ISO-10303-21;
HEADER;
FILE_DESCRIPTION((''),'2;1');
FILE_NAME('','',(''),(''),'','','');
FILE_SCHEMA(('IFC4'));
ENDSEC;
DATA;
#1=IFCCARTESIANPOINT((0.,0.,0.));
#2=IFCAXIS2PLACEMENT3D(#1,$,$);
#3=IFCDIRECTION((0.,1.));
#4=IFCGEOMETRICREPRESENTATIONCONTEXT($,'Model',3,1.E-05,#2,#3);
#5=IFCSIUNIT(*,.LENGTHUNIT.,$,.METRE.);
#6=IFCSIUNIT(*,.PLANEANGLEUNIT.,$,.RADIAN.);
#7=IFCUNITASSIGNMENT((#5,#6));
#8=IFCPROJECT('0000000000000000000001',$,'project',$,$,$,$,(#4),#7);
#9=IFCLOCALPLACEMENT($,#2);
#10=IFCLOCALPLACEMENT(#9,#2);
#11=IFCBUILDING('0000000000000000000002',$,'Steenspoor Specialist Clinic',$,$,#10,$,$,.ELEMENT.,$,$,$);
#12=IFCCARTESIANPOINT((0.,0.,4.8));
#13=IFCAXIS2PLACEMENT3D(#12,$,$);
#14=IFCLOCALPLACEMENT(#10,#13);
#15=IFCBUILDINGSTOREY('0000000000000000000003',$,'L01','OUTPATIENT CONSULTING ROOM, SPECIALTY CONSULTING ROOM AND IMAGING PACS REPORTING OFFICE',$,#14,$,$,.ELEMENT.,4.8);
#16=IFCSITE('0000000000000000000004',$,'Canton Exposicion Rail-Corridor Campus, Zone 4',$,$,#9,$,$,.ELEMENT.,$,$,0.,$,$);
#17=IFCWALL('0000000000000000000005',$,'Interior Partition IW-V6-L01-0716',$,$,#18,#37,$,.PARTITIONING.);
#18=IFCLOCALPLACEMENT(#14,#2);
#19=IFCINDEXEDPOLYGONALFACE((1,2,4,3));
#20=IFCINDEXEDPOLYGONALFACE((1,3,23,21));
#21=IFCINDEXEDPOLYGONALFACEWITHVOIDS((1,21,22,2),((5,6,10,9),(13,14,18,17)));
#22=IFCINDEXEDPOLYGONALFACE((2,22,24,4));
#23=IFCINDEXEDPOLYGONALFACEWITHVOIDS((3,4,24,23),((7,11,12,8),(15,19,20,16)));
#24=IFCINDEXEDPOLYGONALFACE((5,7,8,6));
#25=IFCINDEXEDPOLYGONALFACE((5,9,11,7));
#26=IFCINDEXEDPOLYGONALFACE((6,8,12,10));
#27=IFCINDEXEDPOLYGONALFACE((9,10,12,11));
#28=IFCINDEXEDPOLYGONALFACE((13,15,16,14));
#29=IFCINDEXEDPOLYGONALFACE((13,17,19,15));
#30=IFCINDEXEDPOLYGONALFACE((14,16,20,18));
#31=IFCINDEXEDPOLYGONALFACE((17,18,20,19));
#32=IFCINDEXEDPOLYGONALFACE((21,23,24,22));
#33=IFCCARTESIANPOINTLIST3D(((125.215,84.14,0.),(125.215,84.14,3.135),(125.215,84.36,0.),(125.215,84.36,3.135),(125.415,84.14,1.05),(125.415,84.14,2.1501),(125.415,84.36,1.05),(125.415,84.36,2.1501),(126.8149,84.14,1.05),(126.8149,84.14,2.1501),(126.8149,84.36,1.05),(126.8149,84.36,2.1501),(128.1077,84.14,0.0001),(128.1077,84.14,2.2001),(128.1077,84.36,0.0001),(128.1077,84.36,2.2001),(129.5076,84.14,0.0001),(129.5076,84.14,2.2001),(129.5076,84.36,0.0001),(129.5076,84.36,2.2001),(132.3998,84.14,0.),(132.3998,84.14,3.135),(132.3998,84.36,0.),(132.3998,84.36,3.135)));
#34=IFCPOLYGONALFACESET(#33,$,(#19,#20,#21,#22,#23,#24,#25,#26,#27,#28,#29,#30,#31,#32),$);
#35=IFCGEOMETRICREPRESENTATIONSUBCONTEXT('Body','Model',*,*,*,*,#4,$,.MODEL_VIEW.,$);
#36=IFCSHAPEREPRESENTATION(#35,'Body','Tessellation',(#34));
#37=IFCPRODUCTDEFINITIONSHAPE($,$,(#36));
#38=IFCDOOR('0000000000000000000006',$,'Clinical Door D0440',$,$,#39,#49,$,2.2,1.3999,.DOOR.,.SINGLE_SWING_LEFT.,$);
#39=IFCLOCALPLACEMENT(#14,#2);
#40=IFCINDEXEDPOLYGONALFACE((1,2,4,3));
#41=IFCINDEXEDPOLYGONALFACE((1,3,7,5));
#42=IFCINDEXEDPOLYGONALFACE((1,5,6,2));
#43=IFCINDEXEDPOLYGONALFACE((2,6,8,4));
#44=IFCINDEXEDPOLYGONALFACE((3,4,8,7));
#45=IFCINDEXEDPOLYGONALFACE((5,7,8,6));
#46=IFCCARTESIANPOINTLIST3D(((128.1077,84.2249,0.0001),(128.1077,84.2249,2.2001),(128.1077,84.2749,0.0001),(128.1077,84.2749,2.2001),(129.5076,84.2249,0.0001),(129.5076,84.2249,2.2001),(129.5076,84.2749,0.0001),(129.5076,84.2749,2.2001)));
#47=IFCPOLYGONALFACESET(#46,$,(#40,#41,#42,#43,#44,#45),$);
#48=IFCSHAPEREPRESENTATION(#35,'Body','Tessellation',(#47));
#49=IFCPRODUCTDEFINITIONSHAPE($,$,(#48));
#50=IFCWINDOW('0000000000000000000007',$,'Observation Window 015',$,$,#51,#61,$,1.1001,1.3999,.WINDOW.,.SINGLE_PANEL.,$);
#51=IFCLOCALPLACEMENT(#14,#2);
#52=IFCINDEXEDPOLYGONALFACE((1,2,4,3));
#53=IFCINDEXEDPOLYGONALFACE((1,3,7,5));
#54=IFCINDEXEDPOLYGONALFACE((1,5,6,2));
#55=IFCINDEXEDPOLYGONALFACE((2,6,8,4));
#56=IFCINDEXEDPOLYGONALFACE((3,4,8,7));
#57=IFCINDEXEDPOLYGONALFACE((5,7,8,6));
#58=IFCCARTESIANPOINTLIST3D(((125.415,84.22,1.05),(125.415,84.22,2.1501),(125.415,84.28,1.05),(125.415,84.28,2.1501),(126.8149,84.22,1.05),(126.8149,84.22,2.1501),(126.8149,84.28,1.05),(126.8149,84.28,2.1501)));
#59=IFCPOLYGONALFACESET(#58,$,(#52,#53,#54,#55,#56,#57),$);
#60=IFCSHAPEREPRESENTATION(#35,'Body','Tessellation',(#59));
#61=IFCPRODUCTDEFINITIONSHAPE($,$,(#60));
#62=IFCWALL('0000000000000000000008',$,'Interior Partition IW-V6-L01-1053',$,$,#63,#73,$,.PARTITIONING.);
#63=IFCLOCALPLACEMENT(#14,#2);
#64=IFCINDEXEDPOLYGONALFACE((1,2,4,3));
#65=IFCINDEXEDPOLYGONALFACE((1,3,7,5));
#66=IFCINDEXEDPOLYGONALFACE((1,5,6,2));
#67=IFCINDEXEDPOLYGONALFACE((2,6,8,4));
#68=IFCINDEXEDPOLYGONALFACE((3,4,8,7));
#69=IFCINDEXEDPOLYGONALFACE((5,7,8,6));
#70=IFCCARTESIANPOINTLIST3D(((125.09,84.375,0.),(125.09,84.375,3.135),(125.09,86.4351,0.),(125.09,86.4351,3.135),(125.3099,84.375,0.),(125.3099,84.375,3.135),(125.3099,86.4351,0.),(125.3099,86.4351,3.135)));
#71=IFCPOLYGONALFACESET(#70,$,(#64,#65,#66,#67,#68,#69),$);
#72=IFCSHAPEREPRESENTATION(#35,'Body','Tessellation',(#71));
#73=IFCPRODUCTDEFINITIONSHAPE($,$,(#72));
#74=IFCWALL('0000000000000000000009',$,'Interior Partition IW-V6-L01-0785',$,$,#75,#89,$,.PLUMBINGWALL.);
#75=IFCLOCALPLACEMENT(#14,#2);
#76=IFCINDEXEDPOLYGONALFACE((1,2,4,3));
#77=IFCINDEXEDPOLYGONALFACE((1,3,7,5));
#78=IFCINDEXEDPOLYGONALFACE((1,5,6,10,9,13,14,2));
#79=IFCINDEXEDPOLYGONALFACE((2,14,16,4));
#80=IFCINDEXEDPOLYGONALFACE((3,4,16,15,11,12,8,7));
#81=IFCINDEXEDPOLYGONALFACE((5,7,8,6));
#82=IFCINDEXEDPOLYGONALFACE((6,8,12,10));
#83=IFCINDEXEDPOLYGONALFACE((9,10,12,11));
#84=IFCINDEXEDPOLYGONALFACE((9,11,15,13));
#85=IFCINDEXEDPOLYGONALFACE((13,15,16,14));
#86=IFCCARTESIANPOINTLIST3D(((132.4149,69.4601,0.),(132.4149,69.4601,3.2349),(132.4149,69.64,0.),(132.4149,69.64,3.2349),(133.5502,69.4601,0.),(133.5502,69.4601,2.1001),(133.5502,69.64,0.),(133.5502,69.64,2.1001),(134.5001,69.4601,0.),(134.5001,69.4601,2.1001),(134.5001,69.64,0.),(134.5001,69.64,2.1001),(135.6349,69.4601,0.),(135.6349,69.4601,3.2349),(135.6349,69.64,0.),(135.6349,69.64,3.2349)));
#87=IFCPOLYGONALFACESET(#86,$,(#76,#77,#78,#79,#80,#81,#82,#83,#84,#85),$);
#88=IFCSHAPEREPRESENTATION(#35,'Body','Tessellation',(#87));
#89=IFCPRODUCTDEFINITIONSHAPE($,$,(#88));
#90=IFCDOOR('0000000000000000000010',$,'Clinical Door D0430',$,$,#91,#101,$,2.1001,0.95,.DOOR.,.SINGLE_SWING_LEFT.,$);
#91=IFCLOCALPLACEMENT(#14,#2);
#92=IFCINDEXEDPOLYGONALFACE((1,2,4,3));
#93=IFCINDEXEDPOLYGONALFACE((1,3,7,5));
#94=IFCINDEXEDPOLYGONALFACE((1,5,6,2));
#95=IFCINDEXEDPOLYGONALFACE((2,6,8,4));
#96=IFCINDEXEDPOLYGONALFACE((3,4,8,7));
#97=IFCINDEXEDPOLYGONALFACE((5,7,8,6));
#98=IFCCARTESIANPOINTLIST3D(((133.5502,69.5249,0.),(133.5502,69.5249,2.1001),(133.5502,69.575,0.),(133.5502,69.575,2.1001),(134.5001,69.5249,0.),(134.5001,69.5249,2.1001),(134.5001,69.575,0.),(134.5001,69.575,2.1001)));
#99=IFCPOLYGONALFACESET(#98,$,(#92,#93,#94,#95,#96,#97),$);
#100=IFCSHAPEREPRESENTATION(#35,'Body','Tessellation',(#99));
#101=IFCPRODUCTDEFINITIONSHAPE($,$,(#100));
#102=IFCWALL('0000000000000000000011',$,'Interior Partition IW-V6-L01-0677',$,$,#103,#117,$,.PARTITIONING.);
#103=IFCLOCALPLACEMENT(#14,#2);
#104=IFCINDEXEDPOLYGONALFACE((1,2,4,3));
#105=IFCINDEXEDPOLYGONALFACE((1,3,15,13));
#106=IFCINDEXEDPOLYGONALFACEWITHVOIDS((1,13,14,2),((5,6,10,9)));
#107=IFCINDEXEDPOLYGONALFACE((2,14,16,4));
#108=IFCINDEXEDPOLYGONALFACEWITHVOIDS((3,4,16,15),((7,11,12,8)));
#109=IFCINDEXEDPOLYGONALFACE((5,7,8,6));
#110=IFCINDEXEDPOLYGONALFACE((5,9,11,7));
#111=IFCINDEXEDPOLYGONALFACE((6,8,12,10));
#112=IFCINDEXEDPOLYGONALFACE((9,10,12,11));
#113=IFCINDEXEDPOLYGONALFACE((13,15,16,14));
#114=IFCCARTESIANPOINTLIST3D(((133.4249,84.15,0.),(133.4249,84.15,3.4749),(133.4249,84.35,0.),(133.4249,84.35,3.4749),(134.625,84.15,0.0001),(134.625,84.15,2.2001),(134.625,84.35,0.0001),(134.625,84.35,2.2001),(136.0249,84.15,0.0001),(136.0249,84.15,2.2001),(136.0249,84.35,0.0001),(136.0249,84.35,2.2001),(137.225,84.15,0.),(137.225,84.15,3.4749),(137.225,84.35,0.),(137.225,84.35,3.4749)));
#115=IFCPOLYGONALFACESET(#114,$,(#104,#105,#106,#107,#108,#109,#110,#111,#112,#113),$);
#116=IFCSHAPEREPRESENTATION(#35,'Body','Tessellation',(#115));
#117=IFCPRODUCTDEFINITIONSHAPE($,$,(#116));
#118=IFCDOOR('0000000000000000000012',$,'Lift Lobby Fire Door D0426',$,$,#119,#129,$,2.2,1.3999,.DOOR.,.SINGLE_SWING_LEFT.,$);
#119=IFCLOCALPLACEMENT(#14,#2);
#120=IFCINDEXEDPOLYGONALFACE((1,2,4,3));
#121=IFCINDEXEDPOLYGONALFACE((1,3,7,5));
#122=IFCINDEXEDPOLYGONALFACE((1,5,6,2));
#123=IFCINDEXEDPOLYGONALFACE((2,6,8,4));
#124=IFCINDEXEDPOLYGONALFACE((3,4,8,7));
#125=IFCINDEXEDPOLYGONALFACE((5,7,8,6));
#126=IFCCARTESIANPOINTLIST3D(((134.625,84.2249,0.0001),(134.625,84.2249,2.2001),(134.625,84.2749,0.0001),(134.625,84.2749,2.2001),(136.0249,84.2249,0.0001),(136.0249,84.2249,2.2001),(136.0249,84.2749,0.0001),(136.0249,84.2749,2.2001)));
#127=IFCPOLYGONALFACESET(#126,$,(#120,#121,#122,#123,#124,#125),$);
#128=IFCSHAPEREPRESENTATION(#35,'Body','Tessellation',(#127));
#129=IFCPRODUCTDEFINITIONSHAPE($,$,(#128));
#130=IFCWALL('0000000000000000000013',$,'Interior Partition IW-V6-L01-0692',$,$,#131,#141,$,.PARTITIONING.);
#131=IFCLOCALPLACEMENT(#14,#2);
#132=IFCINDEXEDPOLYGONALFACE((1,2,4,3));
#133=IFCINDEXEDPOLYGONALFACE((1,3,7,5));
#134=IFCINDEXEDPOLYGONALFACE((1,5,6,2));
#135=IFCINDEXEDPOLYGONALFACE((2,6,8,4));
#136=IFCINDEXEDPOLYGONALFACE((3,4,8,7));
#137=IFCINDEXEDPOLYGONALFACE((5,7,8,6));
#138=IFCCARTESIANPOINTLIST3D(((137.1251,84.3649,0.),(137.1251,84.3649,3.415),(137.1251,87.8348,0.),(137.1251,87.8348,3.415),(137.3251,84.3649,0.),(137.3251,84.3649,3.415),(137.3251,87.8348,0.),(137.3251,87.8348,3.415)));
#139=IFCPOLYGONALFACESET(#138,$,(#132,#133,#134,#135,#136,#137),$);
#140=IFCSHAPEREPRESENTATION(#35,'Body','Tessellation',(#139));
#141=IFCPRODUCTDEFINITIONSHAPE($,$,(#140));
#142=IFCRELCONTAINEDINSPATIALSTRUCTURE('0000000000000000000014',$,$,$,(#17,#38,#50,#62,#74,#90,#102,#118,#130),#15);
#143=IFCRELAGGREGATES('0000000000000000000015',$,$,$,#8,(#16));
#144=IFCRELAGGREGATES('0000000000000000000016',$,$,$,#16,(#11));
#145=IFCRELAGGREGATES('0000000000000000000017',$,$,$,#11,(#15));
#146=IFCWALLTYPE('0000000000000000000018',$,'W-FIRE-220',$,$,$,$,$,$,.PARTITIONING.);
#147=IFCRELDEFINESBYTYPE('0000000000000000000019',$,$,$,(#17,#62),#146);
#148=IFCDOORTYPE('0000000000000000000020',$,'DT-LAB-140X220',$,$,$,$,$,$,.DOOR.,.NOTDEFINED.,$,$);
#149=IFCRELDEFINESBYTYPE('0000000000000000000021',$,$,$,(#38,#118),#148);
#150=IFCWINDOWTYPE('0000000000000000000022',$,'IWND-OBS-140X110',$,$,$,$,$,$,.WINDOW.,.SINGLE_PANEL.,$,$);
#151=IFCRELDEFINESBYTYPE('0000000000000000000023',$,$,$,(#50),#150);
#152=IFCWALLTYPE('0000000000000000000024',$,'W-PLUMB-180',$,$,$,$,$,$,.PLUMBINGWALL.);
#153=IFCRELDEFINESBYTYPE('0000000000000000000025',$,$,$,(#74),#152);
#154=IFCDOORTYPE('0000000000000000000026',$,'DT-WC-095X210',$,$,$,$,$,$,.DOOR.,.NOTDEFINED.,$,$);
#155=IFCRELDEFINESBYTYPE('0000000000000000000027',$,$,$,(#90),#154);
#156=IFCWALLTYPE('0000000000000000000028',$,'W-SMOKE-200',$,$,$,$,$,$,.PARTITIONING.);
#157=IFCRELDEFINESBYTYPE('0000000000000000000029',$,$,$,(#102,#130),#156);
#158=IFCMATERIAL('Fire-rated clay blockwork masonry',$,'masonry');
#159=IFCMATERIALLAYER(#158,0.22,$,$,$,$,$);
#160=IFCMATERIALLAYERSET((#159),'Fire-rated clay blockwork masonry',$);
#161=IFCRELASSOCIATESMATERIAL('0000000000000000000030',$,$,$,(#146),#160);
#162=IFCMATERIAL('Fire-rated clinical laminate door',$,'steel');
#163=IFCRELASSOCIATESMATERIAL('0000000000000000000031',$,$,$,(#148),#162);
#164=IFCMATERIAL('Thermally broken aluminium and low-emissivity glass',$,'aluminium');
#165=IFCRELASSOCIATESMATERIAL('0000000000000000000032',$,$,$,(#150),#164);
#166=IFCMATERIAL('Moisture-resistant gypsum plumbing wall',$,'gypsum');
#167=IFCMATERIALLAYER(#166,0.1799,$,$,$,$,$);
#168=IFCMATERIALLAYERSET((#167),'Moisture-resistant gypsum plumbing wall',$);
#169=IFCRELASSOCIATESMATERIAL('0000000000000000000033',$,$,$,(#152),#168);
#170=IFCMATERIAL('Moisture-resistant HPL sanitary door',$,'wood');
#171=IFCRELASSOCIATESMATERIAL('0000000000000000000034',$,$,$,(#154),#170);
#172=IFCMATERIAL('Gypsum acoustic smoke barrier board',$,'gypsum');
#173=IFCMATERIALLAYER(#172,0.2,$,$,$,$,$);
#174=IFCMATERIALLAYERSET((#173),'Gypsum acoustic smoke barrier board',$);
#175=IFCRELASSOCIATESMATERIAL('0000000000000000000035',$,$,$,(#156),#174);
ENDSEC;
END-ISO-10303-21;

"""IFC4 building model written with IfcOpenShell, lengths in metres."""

from ifc_helpers import new_model, si_unit, direction, frame, frame_2d, origin, place, context, subcontext, project, spatial, rectangle, extrude, material, layer, layer_set, type_object, element, fill, save


model = new_model("IFC4")

# Units and contexts
model_context = context("Model", 3, precision=1e-05, world=origin(), true_north=direction((0.0, 1.0)))
body_context = subcontext(model_context, "Body", "Model", "MODEL_VIEW")
ifc_project = project(units=[si_unit("LENGTHUNIT", "METRE"), si_unit("PLANEANGLEUNIT", "RADIAN")], contexts=[model_context])

# Site, building, storey
site_placement = place(None, origin())
site = spatial("IfcSite", under=ifc_project, at=site_placement, Name="Canton Exposicion Rail-Corridor Campus, Zone 4", CompositionType="ELEMENT", RefElevation=0.0)
building_placement = place(site_placement, origin())
building = spatial("IfcBuilding", under=site, at=building_placement, Name="Steenspoor Specialist Clinic", CompositionType="ELEMENT")
storey_placement = place(building_placement, frame((0.0, 0.0, 4.8)))
storey = spatial("IfcBuildingStorey", under=building, at=storey_placement, Name="L01", Description="OUTPATIENT CONSULTING ROOM, SPECIALTY CONSULTING ROOM AND IMAGING PACS REPORTING OFFICE", CompositionType="ELEMENT", Elevation=4.8)

# Shared definitions
ifc_material_1 = material(Name="Fire-rated clay blockwork masonry", Category="masonry")
ifc_layer_1 = layer(ifc_material_1, 0.22)
ifc_layer_set_1 = layer_set([ifc_layer_1], Name="Fire-rated clay blockwork masonry")
wall_type_1 = type_object("IfcWallType", Name="W-FIRE-220", PredefinedType="PARTITIONING", material=ifc_layer_set_1)

# Shared definitions
ifc_material_2 = material(Name="Fire-rated clinical laminate door", Category="steel")
door_type_1 = type_object("IfcDoorType", Name="DT-LAB-140X220", OperationType="NOTDEFINED", PredefinedType="DOOR", material=ifc_material_2)

# Wall, openings, door, window
wall_1_placement = place(storey_placement, frame((125.2151, 84.25, 0.0), z_axis=(0.0, 0.0, 1.0), x_axis=(1.0, 0.0, 0.0)))
wall_1 = element("IfcWall", 1, at=wall_1_placement, inside=storey, type_object=wall_type_1, Name="Interior Partition IW-V6-L01-0716", PredefinedType="PARTITIONING", context=body_context, shape_type="SweptSolid", body=[
    extrude(rectangle(XDim=7.1848, YDim=0.22, at=frame_2d((3.5923, 0.0))), origin(), (0.0, 0.0, 1.0), 3.135),
])
opening_1_placement = place(wall_1_placement, frame((2.8926, 0.0, 0.0)))
opening_1 = element("IfcOpeningElement", 2, at=opening_1_placement, cuts=wall_1, PredefinedType="OPENING", context=body_context, shape_type="SweptSolid", body=[
    extrude(rectangle(XDim=1.3999, YDim=2.2, at=frame_2d((0.7, 1.1001))), frame((0.0, 0.1201, 0.0), z_axis=(0.0, -1.0, 0.0), x_axis=(1.0, 0.0, 0.0)), (0.0, 0.0, 1.0), 0.24),
])
opening_2_placement = place(wall_1_placement, frame((0.2, 0.0, 1.05)))
opening_2 = element("IfcOpeningElement", 3, at=opening_2_placement, cuts=wall_1, PredefinedType="OPENING", context=body_context, shape_type="SweptSolid", body=[
    extrude(rectangle(XDim=1.3999, YDim=1.1001, at=frame_2d((0.7, 0.55))), frame((0.0, 0.1201, 0.0), z_axis=(0.0, -1.0, 0.0), x_axis=(1.0, 0.0, 0.0)), (0.0, 0.0, 1.0), 0.24),
])
door_1_placement = place(opening_1_placement, origin())
door_1 = element("IfcDoor", 4, at=door_1_placement, inside=storey, type_object=door_type_1, Name="Clinical Door D0440", OperationType="SINGLE_SWING_LEFT", OverallHeight=2.2, OverallWidth=1.3999, PredefinedType="DOOR", context=body_context, shape_type="SweptSolid", body=[
    extrude(rectangle(XDim=1.3999, YDim=2.2, at=frame_2d((0.7, 1.1001))), frame((0.0, 0.0249, 0.0), z_axis=(0.0, -1.0, 0.0), x_axis=(1.0, 0.0, 0.0)), (0.0, 0.0, 1.0), 0.05),
])
fill(opening_1, door_1)
ifc_material_3 = material(Name="Thermally broken aluminium and low-emissivity glass", Category="aluminium")
window_type = type_object("IfcWindowType", Name="IWND-OBS-140X110", PartitioningType="SINGLE_PANEL", PredefinedType="WINDOW", material=ifc_material_3)
window_placement = place(opening_2_placement, origin())
window = element("IfcWindow", 5, at=window_placement, inside=storey, type_object=window_type, Name="Observation Window 015", OverallHeight=1.1001, OverallWidth=1.3999, PartitioningType="SINGLE_PANEL", PredefinedType="WINDOW", context=body_context, shape_type="SweptSolid", body=[
    extrude(rectangle(XDim=1.3999, YDim=1.1001, at=frame_2d((0.7, 0.55))), frame((0.0, 0.03, 0.0), z_axis=(0.0, -1.0, 0.0), x_axis=(1.0, 0.0, 0.0)), (0.0, 0.0, 1.0), 0.0601),
])
fill(opening_2, window)

# Wall
wall_2_placement = place(storey_placement, frame((125.2, 84.375, 0.0), z_axis=(0.0, 0.0, 1.0), x_axis=(0.0, 1.0, 0.0)))
element("IfcWall", 6, at=wall_2_placement, inside=storey, type_object=wall_type_1, Name="Interior Partition IW-V6-L01-1053", PredefinedType="PARTITIONING", context=body_context, shape_type="SweptSolid", body=[
    extrude(rectangle(XDim=2.0601, YDim=0.22, at=frame_2d((1.03, 0.0))), origin(), (0.0, 0.0, 1.0), 3.135),
])

# Walls, openings, doors
ifc_material_4 = material(Name="Moisture-resistant gypsum plumbing wall", Category="gypsum")
ifc_layer_2 = layer(ifc_material_4, 0.1799)
ifc_layer_set_2 = layer_set([ifc_layer_2], Name="Moisture-resistant gypsum plumbing wall")
wall_type_2 = type_object("IfcWallType", Name="W-PLUMB-180", PredefinedType="PLUMBINGWALL", material=ifc_layer_set_2)
wall_3_placement = place(storey_placement, frame((132.415, 69.55, 0.0), z_axis=(0.0, 0.0, 1.0), x_axis=(1.0, 0.0, 0.0)))
wall_3 = element("IfcWall", 7, at=wall_3_placement, inside=storey, type_object=wall_type_2, Name="Interior Partition IW-V6-L01-0785", PredefinedType="PLUMBINGWALL", context=body_context, shape_type="SweptSolid", body=[
    extrude(rectangle(XDim=3.22, YDim=0.1799, at=frame_2d((1.6099, 0.0))), origin(), (0.0, 0.0, 1.0), 3.2349),
])
opening_3_placement = place(wall_3_placement, frame((1.135, 0.0, 0.0)))
opening_3 = element("IfcOpeningElement", 8, at=opening_3_placement, cuts=wall_3, PredefinedType="OPENING", context=body_context, shape_type="SweptSolid", body=[
    extrude(rectangle(XDim=0.95, YDim=2.1001, at=frame_2d((0.4751, 1.05))), frame((0.0, 0.1001, 0.0), z_axis=(0.0, -1.0, 0.0), x_axis=(1.0, 0.0, 0.0)), (0.0, 0.0, 1.0), 0.2),
])
ifc_material_5 = material(Name="Moisture-resistant HPL sanitary door", Category="wood")
door_type_2 = type_object("IfcDoorType", Name="DT-WC-095X210", OperationType="NOTDEFINED", PredefinedType="DOOR", material=ifc_material_5)
door_2_placement = place(opening_3_placement, origin())
door_2 = element("IfcDoor", 9, at=door_2_placement, inside=storey, type_object=door_type_2, Name="Clinical Door D0430", OperationType="SINGLE_SWING_LEFT", OverallHeight=2.1001, OverallWidth=0.95, PredefinedType="DOOR", context=body_context, shape_type="SweptSolid", body=[
    extrude(rectangle(XDim=0.95, YDim=2.1001, at=frame_2d((0.4751, 1.05))), frame((0.0, 0.0249, 0.0), z_axis=(0.0, -1.0, 0.0), x_axis=(1.0, 0.0, 0.0)), (0.0, 0.0, 1.0), 0.05),
])
fill(opening_3, door_2)
ifc_material_6 = material(Name="Gypsum acoustic smoke barrier board", Category="gypsum")
ifc_layer_3 = layer(ifc_material_6, 0.2)
ifc_layer_set_3 = layer_set([ifc_layer_3], Name="Gypsum acoustic smoke barrier board")
wall_type_3 = type_object("IfcWallType", Name="W-SMOKE-200", PredefinedType="PARTITIONING", material=ifc_layer_set_3)
wall_4_placement = place(storey_placement, frame((133.425, 84.25, 0.0), z_axis=(0.0, 0.0, 1.0), x_axis=(1.0, 0.0, 0.0)))
wall_4 = element("IfcWall", 10, at=wall_4_placement, inside=storey, type_object=wall_type_3, Name="Interior Partition IW-V6-L01-0677", PredefinedType="PARTITIONING", context=body_context, shape_type="SweptSolid", body=[
    extrude(rectangle(XDim=3.8, YDim=0.2, at=frame_2d((1.8999, 0.0))), origin(), (0.0, 0.0, 1.0), 3.4749),
])
opening_4_placement = place(wall_4_placement, frame((1.2, 0.0, 0.0)))
opening_4 = element("IfcOpeningElement", 11, at=opening_4_placement, cuts=wall_4, PredefinedType="OPENING", context=body_context, shape_type="SweptSolid", body=[
    extrude(rectangle(XDim=1.3999, YDim=2.2, at=frame_2d((0.7, 1.1001))), frame((0.0, 0.1099, 0.0), z_axis=(0.0, -1.0, 0.0), x_axis=(1.0, 0.0, 0.0)), (0.0, 0.0, 1.0), 0.22),
])
door_3_placement = place(opening_4_placement, origin())
door_3 = element("IfcDoor", 12, at=door_3_placement, inside=storey, type_object=door_type_1, Name="Lift Lobby Fire Door D0426", OperationType="SINGLE_SWING_LEFT", OverallHeight=2.2, OverallWidth=1.3999, PredefinedType="DOOR", context=body_context, shape_type="SweptSolid", body=[
    extrude(rectangle(XDim=1.3999, YDim=2.2, at=frame_2d((0.7, 1.1001))), frame((0.0, 0.0249, 0.0), z_axis=(0.0, -1.0, 0.0), x_axis=(1.0, 0.0, 0.0)), (0.0, 0.0, 1.0), 0.05),
])
fill(opening_4, door_3)

# Wall
wall_5_placement = place(storey_placement, frame((137.2251, 84.365, 0.0), z_axis=(0.0, 0.0, 1.0), x_axis=(0.0, 1.0, 0.0)))
element("IfcWall", 13, at=wall_5_placement, inside=storey, type_object=wall_type_3, Name="Interior Partition IW-V6-L01-0692", PredefinedType="PARTITIONING", context=body_context, shape_type="SweptSolid", body=[
    extrude(rectangle(XDim=3.47, YDim=0.2, at=frame_2d((1.7349, 0.0))), origin(), (0.0, 0.0, 1.0), 3.415),
])

save(model, "model.ifc")
